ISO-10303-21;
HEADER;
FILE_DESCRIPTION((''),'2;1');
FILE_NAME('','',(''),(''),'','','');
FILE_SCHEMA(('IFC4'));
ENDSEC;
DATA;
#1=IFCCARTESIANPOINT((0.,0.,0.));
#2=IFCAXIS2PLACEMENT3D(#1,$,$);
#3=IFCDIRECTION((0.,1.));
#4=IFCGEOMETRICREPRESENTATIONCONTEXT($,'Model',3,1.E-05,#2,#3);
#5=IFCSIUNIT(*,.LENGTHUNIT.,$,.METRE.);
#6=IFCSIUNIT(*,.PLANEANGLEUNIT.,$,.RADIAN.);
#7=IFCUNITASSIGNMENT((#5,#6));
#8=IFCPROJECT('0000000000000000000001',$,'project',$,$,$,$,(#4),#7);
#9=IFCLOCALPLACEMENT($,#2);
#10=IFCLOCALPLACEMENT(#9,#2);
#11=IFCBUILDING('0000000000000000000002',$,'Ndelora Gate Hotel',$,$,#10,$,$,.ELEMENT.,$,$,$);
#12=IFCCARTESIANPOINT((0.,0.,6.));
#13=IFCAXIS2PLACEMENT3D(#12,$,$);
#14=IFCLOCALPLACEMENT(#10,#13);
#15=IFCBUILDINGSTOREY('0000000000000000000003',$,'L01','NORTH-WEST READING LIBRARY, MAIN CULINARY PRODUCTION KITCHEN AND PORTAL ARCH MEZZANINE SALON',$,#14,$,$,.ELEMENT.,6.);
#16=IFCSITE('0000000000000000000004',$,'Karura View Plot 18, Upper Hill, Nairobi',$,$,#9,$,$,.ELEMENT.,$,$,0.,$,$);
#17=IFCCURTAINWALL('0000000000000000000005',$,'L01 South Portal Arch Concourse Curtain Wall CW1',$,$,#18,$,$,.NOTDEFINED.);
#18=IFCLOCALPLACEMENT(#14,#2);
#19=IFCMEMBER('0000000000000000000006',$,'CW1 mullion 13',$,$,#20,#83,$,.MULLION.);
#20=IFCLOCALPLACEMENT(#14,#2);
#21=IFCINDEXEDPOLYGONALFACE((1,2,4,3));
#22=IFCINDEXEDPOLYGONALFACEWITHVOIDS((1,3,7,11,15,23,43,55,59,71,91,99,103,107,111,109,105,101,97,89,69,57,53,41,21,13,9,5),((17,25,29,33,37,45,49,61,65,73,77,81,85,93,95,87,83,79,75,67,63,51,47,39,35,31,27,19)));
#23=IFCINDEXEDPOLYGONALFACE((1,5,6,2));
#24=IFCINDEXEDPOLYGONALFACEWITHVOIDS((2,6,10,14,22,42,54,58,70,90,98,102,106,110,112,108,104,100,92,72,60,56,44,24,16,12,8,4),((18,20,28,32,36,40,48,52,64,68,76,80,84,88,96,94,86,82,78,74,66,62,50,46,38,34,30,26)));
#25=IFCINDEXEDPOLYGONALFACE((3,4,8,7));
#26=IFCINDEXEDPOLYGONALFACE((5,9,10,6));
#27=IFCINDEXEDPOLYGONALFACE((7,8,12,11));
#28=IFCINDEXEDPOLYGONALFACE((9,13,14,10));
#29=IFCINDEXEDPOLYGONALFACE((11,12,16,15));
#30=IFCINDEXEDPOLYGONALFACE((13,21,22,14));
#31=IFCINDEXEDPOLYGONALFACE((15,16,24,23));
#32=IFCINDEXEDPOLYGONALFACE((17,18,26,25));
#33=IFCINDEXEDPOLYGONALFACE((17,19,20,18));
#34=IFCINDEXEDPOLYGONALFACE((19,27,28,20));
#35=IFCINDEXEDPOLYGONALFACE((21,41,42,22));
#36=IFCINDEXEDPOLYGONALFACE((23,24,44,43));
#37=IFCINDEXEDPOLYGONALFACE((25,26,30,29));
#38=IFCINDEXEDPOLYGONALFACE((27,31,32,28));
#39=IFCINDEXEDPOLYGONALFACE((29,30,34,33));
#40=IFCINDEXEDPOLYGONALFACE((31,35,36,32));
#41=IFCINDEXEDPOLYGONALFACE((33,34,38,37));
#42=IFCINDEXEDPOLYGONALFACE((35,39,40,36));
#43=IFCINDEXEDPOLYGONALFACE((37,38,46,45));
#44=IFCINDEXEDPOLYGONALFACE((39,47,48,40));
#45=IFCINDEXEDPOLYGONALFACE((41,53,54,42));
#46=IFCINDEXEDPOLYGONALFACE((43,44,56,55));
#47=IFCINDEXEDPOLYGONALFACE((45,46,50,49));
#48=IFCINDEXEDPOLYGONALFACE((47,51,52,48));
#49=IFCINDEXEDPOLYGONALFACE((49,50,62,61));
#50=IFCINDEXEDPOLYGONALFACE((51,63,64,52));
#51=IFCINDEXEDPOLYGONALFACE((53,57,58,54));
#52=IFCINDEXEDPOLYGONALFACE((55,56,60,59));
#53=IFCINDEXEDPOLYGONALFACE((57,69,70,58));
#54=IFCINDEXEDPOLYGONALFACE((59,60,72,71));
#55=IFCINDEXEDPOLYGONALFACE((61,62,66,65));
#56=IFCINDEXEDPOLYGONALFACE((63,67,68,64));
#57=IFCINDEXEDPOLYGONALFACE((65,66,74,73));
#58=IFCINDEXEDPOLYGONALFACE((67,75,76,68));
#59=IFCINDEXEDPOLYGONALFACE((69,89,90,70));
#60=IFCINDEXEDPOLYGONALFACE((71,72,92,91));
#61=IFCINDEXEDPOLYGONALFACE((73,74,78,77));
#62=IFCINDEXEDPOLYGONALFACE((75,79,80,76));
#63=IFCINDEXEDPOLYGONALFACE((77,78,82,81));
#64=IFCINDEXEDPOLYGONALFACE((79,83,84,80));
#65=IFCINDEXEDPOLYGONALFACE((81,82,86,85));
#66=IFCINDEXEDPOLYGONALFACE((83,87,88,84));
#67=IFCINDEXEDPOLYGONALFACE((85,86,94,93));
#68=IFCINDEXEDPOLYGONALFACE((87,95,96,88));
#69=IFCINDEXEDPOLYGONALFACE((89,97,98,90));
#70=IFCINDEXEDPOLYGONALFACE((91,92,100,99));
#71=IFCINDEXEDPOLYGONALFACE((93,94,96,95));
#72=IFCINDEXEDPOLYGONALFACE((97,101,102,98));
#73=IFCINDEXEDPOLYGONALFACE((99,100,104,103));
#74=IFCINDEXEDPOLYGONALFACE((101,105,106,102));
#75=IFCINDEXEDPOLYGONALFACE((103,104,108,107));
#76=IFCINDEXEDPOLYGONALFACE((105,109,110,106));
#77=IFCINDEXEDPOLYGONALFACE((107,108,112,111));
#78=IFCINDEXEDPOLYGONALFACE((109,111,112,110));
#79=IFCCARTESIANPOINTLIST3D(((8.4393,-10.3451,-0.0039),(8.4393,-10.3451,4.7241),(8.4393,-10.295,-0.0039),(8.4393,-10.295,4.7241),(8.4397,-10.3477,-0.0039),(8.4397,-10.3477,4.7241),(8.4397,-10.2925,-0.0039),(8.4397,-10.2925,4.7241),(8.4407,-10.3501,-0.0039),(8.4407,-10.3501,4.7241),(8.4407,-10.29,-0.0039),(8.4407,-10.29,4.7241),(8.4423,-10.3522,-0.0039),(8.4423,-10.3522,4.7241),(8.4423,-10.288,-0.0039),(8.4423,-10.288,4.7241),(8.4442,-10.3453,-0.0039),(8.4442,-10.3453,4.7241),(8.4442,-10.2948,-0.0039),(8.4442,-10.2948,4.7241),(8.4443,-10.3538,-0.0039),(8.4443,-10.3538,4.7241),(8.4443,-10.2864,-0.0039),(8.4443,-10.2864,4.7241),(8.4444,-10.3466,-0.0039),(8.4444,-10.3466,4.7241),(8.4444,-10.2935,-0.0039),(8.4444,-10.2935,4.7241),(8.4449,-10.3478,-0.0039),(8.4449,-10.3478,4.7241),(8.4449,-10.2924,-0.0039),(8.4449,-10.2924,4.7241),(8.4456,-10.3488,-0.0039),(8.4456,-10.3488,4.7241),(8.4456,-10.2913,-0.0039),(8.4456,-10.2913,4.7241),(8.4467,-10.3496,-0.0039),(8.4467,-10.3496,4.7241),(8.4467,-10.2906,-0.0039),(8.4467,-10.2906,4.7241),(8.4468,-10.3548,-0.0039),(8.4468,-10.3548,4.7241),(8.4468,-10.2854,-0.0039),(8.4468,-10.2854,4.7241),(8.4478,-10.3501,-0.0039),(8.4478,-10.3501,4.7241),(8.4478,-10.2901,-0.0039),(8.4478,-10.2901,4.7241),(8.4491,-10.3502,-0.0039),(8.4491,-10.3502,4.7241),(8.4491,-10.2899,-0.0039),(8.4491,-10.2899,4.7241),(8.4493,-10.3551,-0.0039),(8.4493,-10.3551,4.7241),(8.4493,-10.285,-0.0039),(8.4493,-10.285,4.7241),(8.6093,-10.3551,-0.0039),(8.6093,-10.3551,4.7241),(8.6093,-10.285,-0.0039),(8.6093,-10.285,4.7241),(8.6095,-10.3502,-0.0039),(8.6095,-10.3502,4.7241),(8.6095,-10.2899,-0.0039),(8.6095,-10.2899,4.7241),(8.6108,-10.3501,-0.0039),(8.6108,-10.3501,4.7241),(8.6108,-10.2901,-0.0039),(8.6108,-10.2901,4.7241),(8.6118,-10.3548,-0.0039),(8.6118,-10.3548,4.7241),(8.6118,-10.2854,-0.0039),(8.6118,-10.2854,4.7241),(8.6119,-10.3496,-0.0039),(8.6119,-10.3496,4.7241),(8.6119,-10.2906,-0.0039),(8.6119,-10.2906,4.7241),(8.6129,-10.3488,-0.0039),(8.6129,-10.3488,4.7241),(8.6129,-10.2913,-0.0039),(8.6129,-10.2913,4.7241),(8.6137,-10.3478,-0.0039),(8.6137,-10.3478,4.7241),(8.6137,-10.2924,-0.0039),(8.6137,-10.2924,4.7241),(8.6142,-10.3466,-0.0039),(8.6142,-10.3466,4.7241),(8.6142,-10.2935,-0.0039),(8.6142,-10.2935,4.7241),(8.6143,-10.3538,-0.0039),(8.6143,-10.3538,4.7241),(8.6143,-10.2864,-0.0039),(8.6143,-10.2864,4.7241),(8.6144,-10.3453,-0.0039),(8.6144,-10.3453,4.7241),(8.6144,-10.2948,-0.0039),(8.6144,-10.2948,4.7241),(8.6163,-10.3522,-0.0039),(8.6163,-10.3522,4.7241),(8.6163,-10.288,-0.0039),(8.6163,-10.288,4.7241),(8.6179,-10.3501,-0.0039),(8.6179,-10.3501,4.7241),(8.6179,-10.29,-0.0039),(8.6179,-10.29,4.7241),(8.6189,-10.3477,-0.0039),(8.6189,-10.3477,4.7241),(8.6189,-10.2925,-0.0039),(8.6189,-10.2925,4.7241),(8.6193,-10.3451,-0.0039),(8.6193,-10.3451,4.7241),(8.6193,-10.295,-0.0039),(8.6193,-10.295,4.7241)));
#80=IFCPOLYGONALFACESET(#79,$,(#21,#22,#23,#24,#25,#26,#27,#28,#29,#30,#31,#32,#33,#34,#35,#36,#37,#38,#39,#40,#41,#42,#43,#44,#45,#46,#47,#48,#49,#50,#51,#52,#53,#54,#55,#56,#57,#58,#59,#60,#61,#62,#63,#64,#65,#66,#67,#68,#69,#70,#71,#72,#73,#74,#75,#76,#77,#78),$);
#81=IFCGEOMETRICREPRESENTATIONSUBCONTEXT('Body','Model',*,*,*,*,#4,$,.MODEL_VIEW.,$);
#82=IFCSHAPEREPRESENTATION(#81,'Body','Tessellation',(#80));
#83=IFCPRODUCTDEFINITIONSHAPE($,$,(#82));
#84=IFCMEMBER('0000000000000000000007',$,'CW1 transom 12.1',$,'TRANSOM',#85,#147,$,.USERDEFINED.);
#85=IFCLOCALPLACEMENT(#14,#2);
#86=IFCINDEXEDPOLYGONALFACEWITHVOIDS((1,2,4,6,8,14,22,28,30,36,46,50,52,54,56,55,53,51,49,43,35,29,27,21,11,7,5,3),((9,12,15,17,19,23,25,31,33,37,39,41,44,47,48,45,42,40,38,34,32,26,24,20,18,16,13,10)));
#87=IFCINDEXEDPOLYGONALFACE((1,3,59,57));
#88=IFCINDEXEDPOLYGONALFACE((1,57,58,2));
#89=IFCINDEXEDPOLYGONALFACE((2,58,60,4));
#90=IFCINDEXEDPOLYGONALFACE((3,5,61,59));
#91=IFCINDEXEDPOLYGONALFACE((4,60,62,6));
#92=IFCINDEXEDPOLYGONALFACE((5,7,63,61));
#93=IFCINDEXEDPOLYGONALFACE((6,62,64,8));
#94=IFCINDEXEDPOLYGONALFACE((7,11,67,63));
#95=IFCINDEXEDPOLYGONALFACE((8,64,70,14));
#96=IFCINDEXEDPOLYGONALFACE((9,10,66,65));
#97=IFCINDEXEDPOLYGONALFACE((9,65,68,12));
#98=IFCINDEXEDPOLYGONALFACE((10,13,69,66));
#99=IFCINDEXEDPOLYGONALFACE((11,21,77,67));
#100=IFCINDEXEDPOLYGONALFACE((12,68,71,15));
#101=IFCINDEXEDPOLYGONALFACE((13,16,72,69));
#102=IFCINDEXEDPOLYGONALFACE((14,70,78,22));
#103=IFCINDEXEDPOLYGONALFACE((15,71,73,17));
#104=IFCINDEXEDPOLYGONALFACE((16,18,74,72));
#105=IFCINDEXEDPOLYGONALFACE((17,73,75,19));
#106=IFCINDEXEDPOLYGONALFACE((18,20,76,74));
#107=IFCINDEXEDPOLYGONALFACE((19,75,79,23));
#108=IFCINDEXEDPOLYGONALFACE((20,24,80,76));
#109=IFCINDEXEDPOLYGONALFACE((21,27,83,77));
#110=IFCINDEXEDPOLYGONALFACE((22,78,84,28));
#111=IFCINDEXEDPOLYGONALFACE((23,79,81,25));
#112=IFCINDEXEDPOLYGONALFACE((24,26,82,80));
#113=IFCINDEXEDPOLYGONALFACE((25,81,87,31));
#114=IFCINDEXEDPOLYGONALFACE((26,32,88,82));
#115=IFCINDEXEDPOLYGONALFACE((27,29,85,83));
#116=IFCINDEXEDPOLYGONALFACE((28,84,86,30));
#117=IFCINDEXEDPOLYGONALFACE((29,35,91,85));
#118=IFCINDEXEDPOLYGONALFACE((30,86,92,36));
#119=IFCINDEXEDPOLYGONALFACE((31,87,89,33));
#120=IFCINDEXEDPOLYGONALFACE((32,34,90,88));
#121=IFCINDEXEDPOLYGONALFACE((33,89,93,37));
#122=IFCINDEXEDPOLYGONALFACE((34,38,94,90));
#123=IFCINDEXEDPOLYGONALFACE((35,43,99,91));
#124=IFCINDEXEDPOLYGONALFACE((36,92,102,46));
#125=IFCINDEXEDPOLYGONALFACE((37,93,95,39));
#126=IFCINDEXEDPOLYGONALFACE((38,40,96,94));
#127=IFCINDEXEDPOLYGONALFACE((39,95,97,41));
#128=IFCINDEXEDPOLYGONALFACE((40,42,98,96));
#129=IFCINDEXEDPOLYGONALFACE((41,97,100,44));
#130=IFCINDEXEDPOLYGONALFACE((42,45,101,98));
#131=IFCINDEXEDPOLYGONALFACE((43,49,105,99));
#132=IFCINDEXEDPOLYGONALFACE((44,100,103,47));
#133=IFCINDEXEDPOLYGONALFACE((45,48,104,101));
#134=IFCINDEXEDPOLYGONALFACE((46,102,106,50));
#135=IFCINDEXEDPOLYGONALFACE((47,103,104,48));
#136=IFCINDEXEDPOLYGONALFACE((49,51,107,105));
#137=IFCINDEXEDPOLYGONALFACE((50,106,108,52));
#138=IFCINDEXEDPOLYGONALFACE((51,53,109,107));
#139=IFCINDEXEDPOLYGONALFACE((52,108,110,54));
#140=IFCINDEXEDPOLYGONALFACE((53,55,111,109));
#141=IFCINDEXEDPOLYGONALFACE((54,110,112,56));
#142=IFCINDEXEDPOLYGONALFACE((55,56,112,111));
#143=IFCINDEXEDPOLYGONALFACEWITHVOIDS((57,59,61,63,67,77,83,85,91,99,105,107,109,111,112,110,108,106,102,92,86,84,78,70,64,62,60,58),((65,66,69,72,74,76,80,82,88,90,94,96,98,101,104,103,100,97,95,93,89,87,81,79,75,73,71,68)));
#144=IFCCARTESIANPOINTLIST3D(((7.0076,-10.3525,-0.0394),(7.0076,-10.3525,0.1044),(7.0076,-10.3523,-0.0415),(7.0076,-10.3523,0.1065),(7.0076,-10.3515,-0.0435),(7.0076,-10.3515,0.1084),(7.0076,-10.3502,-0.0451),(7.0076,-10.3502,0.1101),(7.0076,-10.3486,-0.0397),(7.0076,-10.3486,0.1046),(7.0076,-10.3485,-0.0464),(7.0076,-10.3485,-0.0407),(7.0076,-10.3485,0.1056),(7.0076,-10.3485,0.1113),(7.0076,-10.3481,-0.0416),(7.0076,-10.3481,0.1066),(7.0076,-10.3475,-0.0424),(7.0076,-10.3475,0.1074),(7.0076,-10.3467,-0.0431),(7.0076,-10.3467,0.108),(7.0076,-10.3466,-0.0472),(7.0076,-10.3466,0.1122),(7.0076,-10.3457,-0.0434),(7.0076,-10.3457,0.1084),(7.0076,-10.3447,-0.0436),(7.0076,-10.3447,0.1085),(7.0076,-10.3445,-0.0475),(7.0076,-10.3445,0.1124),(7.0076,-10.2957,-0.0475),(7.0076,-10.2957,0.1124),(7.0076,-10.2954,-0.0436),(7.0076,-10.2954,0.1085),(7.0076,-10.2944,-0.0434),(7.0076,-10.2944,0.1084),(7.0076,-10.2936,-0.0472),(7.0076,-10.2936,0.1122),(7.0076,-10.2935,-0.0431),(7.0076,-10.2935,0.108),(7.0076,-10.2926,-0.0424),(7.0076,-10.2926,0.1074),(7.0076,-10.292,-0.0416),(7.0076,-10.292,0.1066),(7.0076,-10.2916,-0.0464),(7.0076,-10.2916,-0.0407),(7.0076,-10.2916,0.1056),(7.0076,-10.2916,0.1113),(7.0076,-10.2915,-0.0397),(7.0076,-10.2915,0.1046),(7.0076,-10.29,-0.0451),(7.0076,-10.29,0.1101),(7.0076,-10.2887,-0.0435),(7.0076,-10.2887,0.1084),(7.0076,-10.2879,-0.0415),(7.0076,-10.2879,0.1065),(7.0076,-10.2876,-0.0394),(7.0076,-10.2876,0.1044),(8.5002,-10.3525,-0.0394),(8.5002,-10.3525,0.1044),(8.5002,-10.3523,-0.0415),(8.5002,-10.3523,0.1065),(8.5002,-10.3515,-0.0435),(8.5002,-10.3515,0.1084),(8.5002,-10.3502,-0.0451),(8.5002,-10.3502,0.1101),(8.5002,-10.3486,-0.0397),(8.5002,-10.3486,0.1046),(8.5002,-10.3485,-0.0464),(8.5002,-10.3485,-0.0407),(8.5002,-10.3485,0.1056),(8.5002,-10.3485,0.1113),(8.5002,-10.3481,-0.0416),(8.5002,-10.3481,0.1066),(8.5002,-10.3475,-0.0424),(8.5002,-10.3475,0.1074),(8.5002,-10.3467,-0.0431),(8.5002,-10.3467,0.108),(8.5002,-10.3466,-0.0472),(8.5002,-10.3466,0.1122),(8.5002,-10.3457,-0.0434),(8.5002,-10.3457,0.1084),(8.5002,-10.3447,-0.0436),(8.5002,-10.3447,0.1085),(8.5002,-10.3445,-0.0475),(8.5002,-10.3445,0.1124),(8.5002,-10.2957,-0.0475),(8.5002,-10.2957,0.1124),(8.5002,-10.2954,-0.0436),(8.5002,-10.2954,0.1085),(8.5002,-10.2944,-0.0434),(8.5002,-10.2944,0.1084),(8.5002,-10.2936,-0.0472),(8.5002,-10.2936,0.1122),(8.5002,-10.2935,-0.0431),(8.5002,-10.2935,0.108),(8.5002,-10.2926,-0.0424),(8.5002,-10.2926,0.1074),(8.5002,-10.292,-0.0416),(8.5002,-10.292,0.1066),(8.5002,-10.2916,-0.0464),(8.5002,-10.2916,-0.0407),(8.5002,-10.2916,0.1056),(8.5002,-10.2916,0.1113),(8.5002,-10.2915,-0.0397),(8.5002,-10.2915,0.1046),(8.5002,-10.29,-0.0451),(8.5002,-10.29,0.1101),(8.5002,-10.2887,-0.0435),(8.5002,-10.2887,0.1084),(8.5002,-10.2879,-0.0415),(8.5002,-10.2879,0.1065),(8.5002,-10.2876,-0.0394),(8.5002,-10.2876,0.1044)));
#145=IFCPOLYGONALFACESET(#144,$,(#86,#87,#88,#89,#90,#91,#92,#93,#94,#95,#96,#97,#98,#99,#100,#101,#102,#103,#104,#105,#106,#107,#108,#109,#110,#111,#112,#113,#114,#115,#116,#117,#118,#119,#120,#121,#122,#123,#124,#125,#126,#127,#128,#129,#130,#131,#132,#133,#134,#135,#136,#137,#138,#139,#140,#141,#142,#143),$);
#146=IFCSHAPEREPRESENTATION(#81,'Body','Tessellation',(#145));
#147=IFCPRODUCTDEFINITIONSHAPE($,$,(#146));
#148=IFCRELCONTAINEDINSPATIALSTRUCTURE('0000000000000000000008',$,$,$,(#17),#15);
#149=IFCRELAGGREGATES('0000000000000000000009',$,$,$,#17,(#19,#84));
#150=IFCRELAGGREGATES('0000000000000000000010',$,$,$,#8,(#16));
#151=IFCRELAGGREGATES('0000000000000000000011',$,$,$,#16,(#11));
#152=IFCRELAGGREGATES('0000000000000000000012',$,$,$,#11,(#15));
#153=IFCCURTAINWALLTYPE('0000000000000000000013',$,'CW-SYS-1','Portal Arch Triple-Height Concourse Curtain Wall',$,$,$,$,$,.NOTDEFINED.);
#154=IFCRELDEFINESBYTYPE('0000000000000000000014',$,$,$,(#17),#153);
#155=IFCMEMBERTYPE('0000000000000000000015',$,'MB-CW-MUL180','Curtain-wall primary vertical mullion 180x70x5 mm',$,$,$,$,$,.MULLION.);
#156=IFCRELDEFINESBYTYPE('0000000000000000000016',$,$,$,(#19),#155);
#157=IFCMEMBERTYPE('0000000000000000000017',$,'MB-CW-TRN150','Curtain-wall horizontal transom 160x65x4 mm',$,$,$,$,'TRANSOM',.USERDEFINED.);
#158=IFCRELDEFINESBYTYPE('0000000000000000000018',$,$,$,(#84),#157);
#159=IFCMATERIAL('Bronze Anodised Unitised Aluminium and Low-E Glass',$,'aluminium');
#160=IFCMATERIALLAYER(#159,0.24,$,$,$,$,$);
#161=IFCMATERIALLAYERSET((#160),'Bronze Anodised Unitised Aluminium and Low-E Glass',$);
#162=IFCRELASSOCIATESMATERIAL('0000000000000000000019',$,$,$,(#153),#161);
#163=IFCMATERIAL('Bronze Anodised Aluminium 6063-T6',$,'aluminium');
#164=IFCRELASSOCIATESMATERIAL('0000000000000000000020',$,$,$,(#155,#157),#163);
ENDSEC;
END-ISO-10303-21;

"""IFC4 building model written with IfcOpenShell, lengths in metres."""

from ifc_helpers import new_model, si_unit, direction, frame, origin, origin_2d, place, context, subcontext, project, spatial, hollow_rectangle, extrude, material, layer, layer_set, material_profile, profile_set, type_object, element, aggregate, save


model = new_model("IFC4")

# Units and contexts
model_context = context("Model", 3, precision=1e-05, world=origin(), true_north=direction((0.0, 1.0)))
body_context = subcontext(model_context, "Body", "Model", "MODEL_VIEW")
ifc_project = project(units=[si_unit("LENGTHUNIT", "METRE"), si_unit("PLANEANGLEUNIT", "RADIAN")], contexts=[model_context])

# Site, building, storey
site_placement = place(None, origin())
site = spatial("IfcSite", under=ifc_project, at=site_placement, Name="Karura View Plot 18, Upper Hill, Nairobi", CompositionType="ELEMENT", RefElevation=0.0)
building_placement = place(site_placement, origin())
building = spatial("IfcBuilding", under=site, at=building_placement, Name="Ndelora Gate Hotel", CompositionType="ELEMENT")
storey_placement = place(building_placement, frame((0.0, 0.0, 6.0)))
storey = spatial("IfcBuildingStorey", under=building, at=storey_placement, Name="L01", Description="NORTH-WEST READING LIBRARY, MAIN CULINARY PRODUCTION KITCHEN AND PORTAL ARCH MEZZANINE SALON", CompositionType="ELEMENT", Elevation=6.0)

# Curtain wall, members
ifc_material_1 = material(Name="Bronze Anodised Unitised Aluminium and Low-E Glass", Category="aluminium")
ifc_layer_1 = layer(ifc_material_1, 0.24)
ifc_layer_set_1 = layer_set([ifc_layer_1], Name="Bronze Anodised Unitised Aluminium and Low-E Glass")
curtain_wall_type = type_object("IfcCurtainWallType", Name="CW-SYS-1", Description="Portal Arch Triple-Height Concourse Curtain Wall", PredefinedType="NOTDEFINED", material=ifc_layer_set_1)
curtain_wall_placement = place(storey_placement, origin())
curtain_wall = element("IfcCurtainWall", 1, at=curtain_wall_placement, inside=storey, type_object=curtain_wall_type, Name="L01 South Portal Arch Concourse Curtain Wall CW1", PredefinedType="NOTDEFINED")
ifc_material_2 = material(Name="Bronze Anodised Aluminium 6063-T6", Category="aluminium")
ifc_material_profile_1 = material_profile(ifc_material_2, hollow_rectangle(XDim=0.0701, YDim=0.1799, WallThickness=0.0049, InnerFilletRadius=0.0049, OuterFilletRadius=0.01, at=origin_2d()), Name="ALU 180x70x5")
ifc_profile_set_1 = profile_set([ifc_material_profile_1], Name="Bronze Anodised Aluminium 6063-T6")
member_type_1 = type_object("IfcMemberType", Name="MB-CW-MUL180", Description="Curtain-wall primary vertical mullion 180x70x5 mm", PredefinedType="MULLION", material=ifc_profile_set_1)
member_1_placement = place(storey_placement, frame((8.5293, -10.3201, -0.0039), z_axis=(0.0, 0.0, 1.0), x_axis=(0.0, 1.0, 0.0)))
member_1 = element("IfcMember", 2, at=member_1_placement, type_object=member_type_1, Name="CW1 mullion 13", PredefinedType="MULLION", context=body_context, shape_type="SweptSolid", body=[
    extrude(hollow_rectangle(XDim=0.0701, YDim=0.1799, WallThickness=0.0049, InnerFilletRadius=0.0049, OuterFilletRadius=0.01, at=origin_2d()), origin(), (0.0, 0.0, 1.0), 4.728),
])
ifc_material_profile_2 = material_profile(ifc_material_2, hollow_rectangle(XDim=0.0649, YDim=0.1599, WallThickness=0.0039, InnerFilletRadius=0.0039, OuterFilletRadius=0.0081, at=origin_2d()), Name="ALU 160x65x4")
ifc_profile_set_2 = profile_set([ifc_material_profile_2], Name="Bronze Anodised Aluminium 6063-T6")
member_type_2 = type_object("IfcMemberType", Name="MB-CW-TRN150", Description="Curtain-wall horizontal transom 160x65x4 mm", ElementType="TRANSOM", PredefinedType="USERDEFINED", material=ifc_profile_set_2)
member_2_placement = place(storey_placement, frame((7.0076, -10.3201, 0.0325), z_axis=(1.0, 0.0, 0.0), x_axis=(0.0, 1.0, 0.0)))
member_2 = element("IfcMember", 3, at=member_2_placement, type_object=member_type_2, Name="CW1 transom 12.1", ObjectType="TRANSOM", PredefinedType="USERDEFINED", context=body_context, shape_type="SweptSolid", body=[
    extrude(hollow_rectangle(XDim=0.0649, YDim=0.1599, WallThickness=0.0039, InnerFilletRadius=0.0039, OuterFilletRadius=0.0081, at=origin_2d()), origin(), (0.0, 0.0, 1.0), 1.4927),
])
aggregate(curtain_wall, [member_1, member_2])

save(model, "model.ifc")
